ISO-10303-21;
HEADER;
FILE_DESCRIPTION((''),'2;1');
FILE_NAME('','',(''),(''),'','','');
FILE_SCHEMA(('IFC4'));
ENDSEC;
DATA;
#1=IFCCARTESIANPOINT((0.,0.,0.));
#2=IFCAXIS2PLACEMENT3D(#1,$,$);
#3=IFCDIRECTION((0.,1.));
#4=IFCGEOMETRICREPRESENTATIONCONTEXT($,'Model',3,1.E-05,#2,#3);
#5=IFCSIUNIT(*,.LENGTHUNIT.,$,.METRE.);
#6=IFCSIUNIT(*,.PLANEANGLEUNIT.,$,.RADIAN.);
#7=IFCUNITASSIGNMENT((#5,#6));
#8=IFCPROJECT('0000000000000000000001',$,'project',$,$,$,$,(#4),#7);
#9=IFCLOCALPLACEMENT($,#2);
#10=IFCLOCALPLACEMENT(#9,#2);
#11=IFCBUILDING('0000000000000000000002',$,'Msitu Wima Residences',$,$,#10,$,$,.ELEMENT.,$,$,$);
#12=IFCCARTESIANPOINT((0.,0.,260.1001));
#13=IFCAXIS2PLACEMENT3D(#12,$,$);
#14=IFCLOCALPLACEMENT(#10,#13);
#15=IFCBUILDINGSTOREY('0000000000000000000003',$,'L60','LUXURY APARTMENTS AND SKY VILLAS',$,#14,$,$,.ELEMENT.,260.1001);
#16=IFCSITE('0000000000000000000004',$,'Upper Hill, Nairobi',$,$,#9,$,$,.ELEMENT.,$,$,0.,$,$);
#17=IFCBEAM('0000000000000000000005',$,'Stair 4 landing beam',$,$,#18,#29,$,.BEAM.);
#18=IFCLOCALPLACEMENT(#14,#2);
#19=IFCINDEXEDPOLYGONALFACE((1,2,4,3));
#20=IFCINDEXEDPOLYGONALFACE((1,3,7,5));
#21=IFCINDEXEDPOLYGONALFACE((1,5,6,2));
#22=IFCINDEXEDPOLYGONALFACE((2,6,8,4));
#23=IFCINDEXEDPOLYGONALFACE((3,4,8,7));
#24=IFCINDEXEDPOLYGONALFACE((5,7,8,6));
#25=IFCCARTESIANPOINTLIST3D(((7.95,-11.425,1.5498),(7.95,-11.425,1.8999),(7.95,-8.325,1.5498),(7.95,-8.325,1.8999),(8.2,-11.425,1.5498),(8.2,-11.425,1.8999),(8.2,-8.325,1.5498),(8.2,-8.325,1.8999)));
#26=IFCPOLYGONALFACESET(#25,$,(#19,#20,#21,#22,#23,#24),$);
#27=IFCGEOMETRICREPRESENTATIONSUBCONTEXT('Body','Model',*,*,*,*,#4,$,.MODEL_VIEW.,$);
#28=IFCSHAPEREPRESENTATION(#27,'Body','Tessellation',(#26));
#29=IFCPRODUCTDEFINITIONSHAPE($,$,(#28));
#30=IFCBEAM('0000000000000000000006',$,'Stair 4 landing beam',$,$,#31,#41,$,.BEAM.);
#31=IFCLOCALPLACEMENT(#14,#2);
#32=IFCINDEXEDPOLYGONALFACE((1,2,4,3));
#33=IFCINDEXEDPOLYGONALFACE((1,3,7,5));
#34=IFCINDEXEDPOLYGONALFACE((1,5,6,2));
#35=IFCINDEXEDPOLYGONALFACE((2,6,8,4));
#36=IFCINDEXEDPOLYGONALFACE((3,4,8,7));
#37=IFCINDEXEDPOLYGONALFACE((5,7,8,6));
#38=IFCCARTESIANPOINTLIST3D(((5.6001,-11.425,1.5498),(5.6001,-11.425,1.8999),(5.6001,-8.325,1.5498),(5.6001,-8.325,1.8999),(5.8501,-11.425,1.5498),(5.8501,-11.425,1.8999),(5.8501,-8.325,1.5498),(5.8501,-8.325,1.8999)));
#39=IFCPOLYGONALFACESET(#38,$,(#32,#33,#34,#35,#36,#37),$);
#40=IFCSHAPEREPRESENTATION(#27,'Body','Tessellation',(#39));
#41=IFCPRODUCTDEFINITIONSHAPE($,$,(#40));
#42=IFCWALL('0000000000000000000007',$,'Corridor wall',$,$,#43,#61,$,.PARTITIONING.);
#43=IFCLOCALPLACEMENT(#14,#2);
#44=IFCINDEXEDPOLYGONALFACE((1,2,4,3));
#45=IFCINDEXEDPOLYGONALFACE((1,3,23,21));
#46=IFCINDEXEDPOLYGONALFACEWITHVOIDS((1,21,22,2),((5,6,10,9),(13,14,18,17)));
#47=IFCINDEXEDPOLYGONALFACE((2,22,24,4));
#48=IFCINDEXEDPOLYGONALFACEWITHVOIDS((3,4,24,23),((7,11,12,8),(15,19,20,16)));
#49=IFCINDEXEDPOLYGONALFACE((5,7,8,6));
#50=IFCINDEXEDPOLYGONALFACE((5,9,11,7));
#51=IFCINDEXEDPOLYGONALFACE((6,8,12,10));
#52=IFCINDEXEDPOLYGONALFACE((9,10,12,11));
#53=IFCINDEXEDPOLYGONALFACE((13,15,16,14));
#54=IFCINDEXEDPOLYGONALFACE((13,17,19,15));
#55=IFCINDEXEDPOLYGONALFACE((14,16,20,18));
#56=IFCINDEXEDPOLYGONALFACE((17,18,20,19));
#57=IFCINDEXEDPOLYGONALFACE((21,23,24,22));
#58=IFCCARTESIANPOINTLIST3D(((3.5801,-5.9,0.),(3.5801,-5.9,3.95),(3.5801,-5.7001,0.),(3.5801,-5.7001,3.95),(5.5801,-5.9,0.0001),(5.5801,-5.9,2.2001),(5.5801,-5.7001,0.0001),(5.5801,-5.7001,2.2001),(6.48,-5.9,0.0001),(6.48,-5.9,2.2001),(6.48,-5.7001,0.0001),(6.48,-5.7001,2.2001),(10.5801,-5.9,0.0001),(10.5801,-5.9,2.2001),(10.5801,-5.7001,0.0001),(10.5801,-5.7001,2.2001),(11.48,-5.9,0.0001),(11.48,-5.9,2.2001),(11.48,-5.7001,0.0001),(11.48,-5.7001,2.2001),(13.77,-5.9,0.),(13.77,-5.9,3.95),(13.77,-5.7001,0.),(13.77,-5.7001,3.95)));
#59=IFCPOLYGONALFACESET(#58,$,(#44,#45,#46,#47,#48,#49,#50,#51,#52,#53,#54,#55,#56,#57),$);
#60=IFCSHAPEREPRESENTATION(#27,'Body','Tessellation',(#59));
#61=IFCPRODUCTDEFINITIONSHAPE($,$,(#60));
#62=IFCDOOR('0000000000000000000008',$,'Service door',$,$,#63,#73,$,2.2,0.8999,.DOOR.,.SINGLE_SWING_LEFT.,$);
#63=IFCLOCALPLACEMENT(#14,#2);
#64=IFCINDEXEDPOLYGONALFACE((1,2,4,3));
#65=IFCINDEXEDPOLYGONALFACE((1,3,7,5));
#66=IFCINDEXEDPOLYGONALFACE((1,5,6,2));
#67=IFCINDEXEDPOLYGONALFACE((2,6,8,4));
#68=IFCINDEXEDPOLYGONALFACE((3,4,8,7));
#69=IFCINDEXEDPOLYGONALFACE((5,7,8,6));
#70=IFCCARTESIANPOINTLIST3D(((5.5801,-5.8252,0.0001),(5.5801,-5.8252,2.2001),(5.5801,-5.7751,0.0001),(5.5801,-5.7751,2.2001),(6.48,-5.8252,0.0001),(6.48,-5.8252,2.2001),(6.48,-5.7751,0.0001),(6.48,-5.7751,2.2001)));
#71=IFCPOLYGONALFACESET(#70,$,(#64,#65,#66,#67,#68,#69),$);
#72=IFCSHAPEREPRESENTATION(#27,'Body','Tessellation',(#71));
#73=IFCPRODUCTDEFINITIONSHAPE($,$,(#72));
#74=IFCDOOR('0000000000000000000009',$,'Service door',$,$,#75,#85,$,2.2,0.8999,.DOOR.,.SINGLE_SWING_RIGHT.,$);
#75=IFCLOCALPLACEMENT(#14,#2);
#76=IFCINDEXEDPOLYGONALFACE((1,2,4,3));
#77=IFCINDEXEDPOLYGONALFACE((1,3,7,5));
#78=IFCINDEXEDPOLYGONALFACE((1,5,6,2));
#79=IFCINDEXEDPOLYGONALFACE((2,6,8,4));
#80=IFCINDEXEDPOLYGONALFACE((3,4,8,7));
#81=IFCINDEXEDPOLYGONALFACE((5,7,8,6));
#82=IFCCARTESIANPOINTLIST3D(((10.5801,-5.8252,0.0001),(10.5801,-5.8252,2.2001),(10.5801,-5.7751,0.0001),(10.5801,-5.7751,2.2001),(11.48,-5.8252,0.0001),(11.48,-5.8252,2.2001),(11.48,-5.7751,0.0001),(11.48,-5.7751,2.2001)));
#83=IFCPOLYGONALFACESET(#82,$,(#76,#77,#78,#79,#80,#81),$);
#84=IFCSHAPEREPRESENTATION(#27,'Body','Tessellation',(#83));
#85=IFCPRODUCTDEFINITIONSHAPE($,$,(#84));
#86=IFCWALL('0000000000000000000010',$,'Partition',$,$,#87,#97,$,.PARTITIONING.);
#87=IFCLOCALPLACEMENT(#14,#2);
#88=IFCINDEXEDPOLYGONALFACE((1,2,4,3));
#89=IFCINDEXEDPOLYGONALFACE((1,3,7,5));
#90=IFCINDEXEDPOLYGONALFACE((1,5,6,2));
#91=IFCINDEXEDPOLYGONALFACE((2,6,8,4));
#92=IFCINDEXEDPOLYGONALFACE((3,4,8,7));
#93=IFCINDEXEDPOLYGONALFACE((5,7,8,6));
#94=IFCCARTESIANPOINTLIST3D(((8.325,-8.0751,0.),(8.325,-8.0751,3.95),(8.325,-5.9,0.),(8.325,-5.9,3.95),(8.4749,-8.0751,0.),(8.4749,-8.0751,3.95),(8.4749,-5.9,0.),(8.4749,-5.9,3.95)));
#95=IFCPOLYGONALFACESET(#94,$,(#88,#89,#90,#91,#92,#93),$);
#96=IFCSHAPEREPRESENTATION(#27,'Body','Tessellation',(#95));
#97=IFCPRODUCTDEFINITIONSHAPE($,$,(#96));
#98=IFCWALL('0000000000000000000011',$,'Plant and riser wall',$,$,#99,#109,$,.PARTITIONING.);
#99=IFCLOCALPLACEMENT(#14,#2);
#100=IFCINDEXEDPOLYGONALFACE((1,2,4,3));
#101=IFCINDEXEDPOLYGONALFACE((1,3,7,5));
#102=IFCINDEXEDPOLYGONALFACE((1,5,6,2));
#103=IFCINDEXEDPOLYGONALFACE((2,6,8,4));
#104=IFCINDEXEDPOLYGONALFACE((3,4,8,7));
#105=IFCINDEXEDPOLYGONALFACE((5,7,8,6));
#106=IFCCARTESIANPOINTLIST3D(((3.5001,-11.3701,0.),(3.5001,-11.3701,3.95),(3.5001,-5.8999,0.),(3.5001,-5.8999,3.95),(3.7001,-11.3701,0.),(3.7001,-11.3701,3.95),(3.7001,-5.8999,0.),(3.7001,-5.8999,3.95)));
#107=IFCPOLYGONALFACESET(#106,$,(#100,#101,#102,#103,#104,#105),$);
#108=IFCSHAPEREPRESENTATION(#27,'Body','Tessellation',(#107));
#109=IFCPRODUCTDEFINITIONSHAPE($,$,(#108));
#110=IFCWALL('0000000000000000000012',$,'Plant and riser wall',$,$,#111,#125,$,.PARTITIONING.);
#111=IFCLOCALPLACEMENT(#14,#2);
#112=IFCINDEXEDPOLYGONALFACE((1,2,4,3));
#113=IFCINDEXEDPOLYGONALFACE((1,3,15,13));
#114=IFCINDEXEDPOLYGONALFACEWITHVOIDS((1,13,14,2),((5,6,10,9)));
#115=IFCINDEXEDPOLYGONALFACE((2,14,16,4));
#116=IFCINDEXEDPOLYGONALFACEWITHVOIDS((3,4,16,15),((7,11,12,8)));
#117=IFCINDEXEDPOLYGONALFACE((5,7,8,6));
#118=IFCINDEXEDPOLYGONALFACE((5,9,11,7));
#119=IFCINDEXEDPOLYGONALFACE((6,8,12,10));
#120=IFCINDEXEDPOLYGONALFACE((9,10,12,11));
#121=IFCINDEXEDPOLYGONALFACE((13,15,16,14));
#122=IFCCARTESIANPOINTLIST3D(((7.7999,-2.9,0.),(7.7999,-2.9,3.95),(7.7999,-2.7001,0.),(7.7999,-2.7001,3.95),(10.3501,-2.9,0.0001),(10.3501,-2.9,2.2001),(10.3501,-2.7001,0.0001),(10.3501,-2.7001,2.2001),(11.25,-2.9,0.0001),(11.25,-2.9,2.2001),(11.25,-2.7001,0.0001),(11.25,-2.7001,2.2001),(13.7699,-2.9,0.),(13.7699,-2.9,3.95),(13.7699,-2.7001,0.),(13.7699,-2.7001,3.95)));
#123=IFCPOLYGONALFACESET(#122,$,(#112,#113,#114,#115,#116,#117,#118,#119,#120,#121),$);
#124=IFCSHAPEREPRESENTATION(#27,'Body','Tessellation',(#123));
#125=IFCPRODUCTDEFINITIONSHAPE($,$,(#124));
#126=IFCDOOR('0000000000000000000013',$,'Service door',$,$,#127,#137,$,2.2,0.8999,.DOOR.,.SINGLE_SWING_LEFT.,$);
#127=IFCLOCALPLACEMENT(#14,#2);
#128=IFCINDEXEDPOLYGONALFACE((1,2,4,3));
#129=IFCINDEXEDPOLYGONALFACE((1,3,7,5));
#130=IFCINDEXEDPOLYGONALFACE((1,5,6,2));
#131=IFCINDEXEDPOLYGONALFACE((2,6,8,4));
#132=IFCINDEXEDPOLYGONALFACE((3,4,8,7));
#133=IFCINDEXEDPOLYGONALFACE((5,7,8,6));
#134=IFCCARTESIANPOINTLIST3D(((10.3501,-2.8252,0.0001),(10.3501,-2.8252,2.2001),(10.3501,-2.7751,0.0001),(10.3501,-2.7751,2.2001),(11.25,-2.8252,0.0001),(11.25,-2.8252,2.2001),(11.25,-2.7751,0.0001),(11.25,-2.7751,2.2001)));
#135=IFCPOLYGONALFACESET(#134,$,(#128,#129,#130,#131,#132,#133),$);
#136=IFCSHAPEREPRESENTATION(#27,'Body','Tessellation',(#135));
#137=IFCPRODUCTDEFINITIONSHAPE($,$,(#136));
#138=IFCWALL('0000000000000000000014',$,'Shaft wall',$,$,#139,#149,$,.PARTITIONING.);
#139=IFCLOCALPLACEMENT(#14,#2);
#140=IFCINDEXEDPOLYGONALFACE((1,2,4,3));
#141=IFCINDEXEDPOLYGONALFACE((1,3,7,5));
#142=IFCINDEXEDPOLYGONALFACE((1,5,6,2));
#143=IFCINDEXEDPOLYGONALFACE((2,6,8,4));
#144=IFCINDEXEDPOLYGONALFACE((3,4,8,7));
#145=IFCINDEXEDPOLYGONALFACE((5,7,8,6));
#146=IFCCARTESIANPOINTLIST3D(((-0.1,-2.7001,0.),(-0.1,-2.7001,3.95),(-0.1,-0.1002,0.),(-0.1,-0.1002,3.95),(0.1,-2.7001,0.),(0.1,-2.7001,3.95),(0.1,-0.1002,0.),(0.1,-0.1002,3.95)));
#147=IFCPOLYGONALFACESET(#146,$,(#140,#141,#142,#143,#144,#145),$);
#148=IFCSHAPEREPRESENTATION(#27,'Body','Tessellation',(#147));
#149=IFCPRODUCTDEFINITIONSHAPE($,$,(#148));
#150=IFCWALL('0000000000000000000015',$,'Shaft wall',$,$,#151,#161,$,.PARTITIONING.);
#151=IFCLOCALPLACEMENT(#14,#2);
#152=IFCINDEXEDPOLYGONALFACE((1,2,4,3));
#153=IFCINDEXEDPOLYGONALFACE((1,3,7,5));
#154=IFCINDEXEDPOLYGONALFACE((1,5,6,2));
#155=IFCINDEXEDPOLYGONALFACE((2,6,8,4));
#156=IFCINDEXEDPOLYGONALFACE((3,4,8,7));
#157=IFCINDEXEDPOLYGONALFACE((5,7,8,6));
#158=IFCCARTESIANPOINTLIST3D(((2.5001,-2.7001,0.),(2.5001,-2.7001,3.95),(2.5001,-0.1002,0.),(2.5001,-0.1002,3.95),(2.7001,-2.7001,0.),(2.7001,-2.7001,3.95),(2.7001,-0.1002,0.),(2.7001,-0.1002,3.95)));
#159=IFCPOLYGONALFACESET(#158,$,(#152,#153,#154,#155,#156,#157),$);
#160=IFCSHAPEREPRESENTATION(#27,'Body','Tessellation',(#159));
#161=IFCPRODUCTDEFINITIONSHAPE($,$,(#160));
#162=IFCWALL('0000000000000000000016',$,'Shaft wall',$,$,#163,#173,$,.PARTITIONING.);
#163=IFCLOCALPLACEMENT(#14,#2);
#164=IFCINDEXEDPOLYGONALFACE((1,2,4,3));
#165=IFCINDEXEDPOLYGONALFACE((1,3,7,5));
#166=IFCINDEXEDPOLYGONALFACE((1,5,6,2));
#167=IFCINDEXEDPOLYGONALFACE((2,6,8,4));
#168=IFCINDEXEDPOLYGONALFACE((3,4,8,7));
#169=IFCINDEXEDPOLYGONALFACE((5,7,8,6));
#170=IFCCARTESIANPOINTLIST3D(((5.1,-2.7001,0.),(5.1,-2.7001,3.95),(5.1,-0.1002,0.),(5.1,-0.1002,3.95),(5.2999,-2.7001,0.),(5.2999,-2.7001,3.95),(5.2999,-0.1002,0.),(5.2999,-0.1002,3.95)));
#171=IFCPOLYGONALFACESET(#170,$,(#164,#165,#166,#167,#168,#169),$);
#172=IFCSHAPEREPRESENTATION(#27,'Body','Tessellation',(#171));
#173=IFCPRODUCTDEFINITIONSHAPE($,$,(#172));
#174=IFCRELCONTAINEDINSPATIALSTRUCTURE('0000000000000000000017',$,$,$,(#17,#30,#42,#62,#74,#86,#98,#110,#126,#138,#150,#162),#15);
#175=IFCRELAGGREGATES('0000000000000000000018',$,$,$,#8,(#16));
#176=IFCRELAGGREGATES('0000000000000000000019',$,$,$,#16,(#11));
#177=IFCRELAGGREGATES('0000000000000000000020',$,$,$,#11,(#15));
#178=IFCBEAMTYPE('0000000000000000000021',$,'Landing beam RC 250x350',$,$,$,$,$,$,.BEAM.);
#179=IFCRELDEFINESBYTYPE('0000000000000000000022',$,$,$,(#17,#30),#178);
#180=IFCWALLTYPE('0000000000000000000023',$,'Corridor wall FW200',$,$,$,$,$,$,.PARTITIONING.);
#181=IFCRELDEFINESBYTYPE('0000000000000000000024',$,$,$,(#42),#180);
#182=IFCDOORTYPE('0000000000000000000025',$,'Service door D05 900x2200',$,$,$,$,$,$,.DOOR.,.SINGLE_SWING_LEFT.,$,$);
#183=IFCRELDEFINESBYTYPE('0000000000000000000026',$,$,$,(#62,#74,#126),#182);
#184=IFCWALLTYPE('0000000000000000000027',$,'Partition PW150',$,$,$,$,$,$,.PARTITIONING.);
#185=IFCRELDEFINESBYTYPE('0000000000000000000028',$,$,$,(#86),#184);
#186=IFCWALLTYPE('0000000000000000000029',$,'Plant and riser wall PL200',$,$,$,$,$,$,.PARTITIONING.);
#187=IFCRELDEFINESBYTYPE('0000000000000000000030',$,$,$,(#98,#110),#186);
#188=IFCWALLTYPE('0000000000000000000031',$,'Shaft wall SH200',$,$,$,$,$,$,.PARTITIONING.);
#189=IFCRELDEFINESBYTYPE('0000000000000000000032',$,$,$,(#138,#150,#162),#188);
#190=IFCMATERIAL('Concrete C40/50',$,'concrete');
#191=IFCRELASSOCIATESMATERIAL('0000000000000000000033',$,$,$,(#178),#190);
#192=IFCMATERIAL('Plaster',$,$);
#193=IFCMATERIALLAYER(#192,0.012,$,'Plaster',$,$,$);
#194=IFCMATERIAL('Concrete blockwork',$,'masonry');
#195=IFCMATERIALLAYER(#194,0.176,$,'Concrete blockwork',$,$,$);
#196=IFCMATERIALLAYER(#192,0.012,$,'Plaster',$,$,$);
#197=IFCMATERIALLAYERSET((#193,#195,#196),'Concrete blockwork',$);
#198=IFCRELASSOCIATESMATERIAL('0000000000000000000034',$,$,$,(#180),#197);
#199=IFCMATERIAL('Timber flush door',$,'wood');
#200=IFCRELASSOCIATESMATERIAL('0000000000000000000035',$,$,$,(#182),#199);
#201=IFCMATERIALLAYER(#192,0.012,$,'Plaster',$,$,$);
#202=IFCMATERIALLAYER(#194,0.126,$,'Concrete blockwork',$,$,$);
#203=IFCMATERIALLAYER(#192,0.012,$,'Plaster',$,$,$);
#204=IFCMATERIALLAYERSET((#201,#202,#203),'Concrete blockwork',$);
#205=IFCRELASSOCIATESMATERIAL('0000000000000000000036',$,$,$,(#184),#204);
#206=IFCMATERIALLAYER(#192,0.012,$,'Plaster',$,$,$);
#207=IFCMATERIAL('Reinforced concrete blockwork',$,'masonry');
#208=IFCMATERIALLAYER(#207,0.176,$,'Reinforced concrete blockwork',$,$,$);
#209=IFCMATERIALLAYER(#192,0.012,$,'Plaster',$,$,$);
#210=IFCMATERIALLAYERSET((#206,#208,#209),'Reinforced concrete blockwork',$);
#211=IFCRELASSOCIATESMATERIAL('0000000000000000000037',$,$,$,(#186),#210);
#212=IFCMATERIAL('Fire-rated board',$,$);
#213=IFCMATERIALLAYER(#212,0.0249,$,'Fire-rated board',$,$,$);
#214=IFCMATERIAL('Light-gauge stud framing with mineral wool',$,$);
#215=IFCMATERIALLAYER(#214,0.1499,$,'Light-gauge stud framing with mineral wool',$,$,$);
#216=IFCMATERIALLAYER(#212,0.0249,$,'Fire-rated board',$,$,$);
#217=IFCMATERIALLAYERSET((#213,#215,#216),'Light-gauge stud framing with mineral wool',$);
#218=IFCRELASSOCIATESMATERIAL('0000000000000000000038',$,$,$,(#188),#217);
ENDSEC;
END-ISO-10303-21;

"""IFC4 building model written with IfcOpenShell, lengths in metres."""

from ifc_helpers import new_model, si_unit, direction, frame, frame_2d, origin, origin_2d, place, context, subcontext, project, spatial, rectangle, extrude, material, layer, layer_set, material_profile, profile_set, type_object, element, fill, save


model = new_model("IFC4")

# Units and contexts
model_context = context("Model", 3, precision=1e-05, world=origin(), true_north=direction((0.0, 1.0)))
body_context = subcontext(model_context, "Body", "Model", "MODEL_VIEW")
ifc_project = project(units=[si_unit("LENGTHUNIT", "METRE"), si_unit("PLANEANGLEUNIT", "RADIAN")], contexts=[model_context])

# Site, building, storey
site_placement = place(None, origin())
site = spatial("IfcSite", under=ifc_project, at=site_placement, Name="Upper Hill, Nairobi", CompositionType="ELEMENT", RefElevation=0.0)
building_placement = place(site_placement, origin())
building = spatial("IfcBuilding", under=site, at=building_placement, Name="Msitu Wima Residences", CompositionType="ELEMENT")
storey_placement = place(building_placement, frame((0.0, 0.0, 260.1001)))
storey = spatial("IfcBuildingStorey", under=building, at=storey_placement, Name="L60", Description="LUXURY APARTMENTS AND SKY VILLAS", CompositionType="ELEMENT", Elevation=260.1001)

# Beams
ifc_material_1 = material(Name="Concrete C40/50", Category="concrete")
ifc_material_profile = material_profile(ifc_material_1, rectangle(XDim=0.25, YDim=0.3501, at=origin_2d()), Name="RC 250x350")
ifc_profile_set = profile_set([ifc_material_profile], Name="Concrete C40/50")
beam_type = type_object("IfcBeamType", Name="Landing beam RC 250x350", PredefinedType="BEAM", material=ifc_profile_set)
for number, where, z_axis, x_axis, name in (
    (1, (8.075, -11.425, 1.7249), (0.0, 1.0, 0.0), (-1.0, 0.0, 0.0), "Stair 4 landing beam"),
    (2, (5.7251, -11.425, 1.7249), (0.0, 1.0, 0.0), (-1.0, 0.0, 0.0), "Stair 4 landing beam"),
):
    element("IfcBeam", number, at=place(storey_placement, frame(where, z_axis=z_axis, x_axis=x_axis)), inside=storey, type_object=beam_type, Name=name, PredefinedType="BEAM", context=body_context, shape_type="SweptSolid", body=[
        extrude(rectangle(XDim=0.25, YDim=0.3501, at=origin_2d()), origin(), (0.0, 0.0, 1.0), 3.1001),
    ])

# Wall, openings, doors
ifc_material_2 = material(Name="Plaster")
ifc_layer_1 = layer(ifc_material_2, 0.012, Name="Plaster")
ifc_material_3 = material(Name="Concrete blockwork", Category="masonry")
ifc_layer_2 = layer(ifc_material_3, 0.176, Name="Concrete blockwork")
ifc_layer_3 = layer(ifc_material_2, 0.012, Name="Plaster")
ifc_layer_set_1 = layer_set([ifc_layer_1, ifc_layer_2, ifc_layer_3], Name="Concrete blockwork")
wall_type_1 = type_object("IfcWallType", Name="Corridor wall FW200", PredefinedType="PARTITIONING", material=ifc_layer_set_1)
wall_1_placement = place(storey_placement, frame((3.5801, -5.8, 0.0), z_axis=(0.0, 0.0, 1.0), x_axis=(1.0, 0.0, 0.0)))
wall_1 = element("IfcWall", 3, at=wall_1_placement, inside=storey, type_object=wall_type_1, Name="Corridor wall", PredefinedType="PARTITIONING", context=body_context, shape_type="SweptSolid", body=[
    extrude(rectangle(XDim=10.1899, YDim=0.2, at=frame_2d((5.095, 0.0))), origin(), (0.0, 0.0, 1.0), 3.95),
])
opening_1_placement = place(wall_1_placement, frame((2.0, 0.0, 0.0)))
opening_1 = element("IfcOpeningElement", 4, at=opening_1_placement, cuts=wall_1, PredefinedType="OPENING", context=body_context, shape_type="SweptSolid", body=[
    extrude(rectangle(XDim=0.8999, YDim=2.2, at=frame_2d((0.45, 1.1001))), frame((0.0, 0.1099, 0.0), z_axis=(0.0, -1.0, 0.0), x_axis=(1.0, 0.0, 0.0)), (0.0, 0.0, 1.0), 0.22),
])
opening_2_placement = place(wall_1_placement, frame((7.0, 0.0, 0.0)))
opening_2 = element("IfcOpeningElement", 5, at=opening_2_placement, cuts=wall_1, PredefinedType="OPENING", context=body_context, shape_type="SweptSolid", body=[
    extrude(rectangle(XDim=0.8999, YDim=2.2, at=frame_2d((0.45, 1.1001))), frame((0.0, 0.1099, 0.0), z_axis=(0.0, -1.0, 0.0), x_axis=(1.0, 0.0, 0.0)), (0.0, 0.0, 1.0), 0.22),
])
ifc_material_4 = material(Name="Timber flush door", Category="wood")
door_type_1 = type_object("IfcDoorType", Name="Service door D05 900x2200", OperationType="SINGLE_SWING_LEFT", PredefinedType="DOOR", material=ifc_material_4)
door_1_placement = place(opening_1_placement, origin())
door_1 = element("IfcDoor", 6, at=door_1_placement, inside=storey, type_object=door_type_1, Name="Service door", OperationType="SINGLE_SWING_LEFT", OverallHeight=2.2, OverallWidth=0.8999, PredefinedType="DOOR", context=body_context, shape_type="SweptSolid", body=[
    extrude(rectangle(XDim=0.8999, YDim=2.2, at=frame_2d((0.45, 1.1001))), frame((0.0, 0.0249, 0.0), z_axis=(0.0, -1.0, 0.0), x_axis=(1.0, 0.0, 0.0)), (0.0, 0.0, 1.0), 0.05),
])
fill(opening_1, door_1)
door_2_placement = place(opening_2_placement, origin())
door_2 = element("IfcDoor", 7, at=door_2_placement, inside=storey, type_object=door_type_1, Name="Service door", OperationType="SINGLE_SWING_RIGHT", OverallHeight=2.2, OverallWidth=0.8999, PredefinedType="DOOR", context=body_context, shape_type="SweptSolid", body=[
    extrude(rectangle(XDim=0.8999, YDim=2.2, at=frame_2d((0.45, 1.1001))), frame((0.0, 0.0249, 0.0), z_axis=(0.0, -1.0, 0.0), x_axis=(1.0, 0.0, 0.0)), (0.0, 0.0, 1.0), 0.05),
])
fill(opening_2, door_2)

# Walls
ifc_layer_4 = layer(ifc_material_2, 0.012, Name="Plaster")
ifc_layer_5 = layer(ifc_material_3, 0.126, Name="Concrete blockwork")
ifc_layer_6 = layer(ifc_material_2, 0.012, Name="Plaster")
ifc_layer_set_2 = layer_set([ifc_layer_4, ifc_layer_5, ifc_layer_6], Name="Concrete blockwork")
wall_type_2 = type_object("IfcWallType", Name="Partition PW150", PredefinedType="PARTITIONING", material=ifc_layer_set_2)
wall_2_placement = place(storey_placement, frame((8.3999, -8.075, 0.0), z_axis=(0.0, 0.0, 1.0), x_axis=(0.0, 1.0, 0.0)))
element("IfcWall", 8, at=wall_2_placement, inside=storey, type_object=wall_type_2, Name="Partition", PredefinedType="PARTITIONING", context=body_context, shape_type="SweptSolid", body=[
    extrude(rectangle(XDim=2.175, YDim=0.1499, at=frame_2d((1.0874, 0.0))), origin(), (0.0, 0.0, 1.0), 3.95),
])
ifc_layer_7 = layer(ifc_material_2, 0.012, Name="Plaster")
ifc_material_5 = material(Name="Reinforced concrete blockwork", Category="masonry")
ifc_layer_8 = layer(ifc_material_5, 0.176, Name="Reinforced concrete blockwork")
ifc_layer_9 = layer(ifc_material_2, 0.012, Name="Plaster")
ifc_layer_set_3 = layer_set([ifc_layer_7, ifc_layer_8, ifc_layer_9], Name="Reinforced concrete blockwork")
wall_type_3 = type_object("IfcWallType", Name="Plant and riser wall PL200", PredefinedType="PARTITIONING", material=ifc_layer_set_3)
wall_3_placement = place(storey_placement, frame((3.6001, -11.3701, 0.0), z_axis=(0.0, 0.0, 1.0), x_axis=(0.0, 1.0, 0.0)))
element("IfcWall", 9, at=wall_3_placement, inside=storey, type_object=wall_type_3, Name="Plant and riser wall", PredefinedType="PARTITIONING", context=body_context, shape_type="SweptSolid", body=[
    extrude(rectangle(XDim=5.4702, YDim=0.2, at=frame_2d((2.7351, 0.0))), origin(), (0.0, 0.0, 1.0), 3.95),
])

# Wall, opening, door
wall_4_placement = place(storey_placement, frame((7.8, -2.8, 0.0), z_axis=(0.0, 0.0, 1.0), x_axis=(1.0, 0.0, 0.0)))
wall_4 = element("IfcWall", 10, at=wall_4_placement, inside=storey, type_object=wall_type_3, Name="Plant and riser wall", PredefinedType="PARTITIONING", context=body_context, shape_type="SweptSolid", body=[
    extrude(rectangle(XDim=5.97, YDim=0.2, at=frame_2d((2.9849, 0.0))), origin(), (0.0, 0.0, 1.0), 3.95),
])
opening_3_placement = place(wall_4_placement, frame((2.55, 0.0, 0.0)))
opening_3 = element("IfcOpeningElement", 11, at=opening_3_placement, cuts=wall_4, PredefinedType="OPENING", context=body_context, shape_type="SweptSolid", body=[
    extrude(rectangle(XDim=0.8999, YDim=2.2, at=frame_2d((0.45, 1.1001))), frame((0.0, 0.1099, 0.0), z_axis=(0.0, -1.0, 0.0), x_axis=(1.0, 0.0, 0.0)), (0.0, 0.0, 1.0), 0.22),
])
door_3_placement = place(opening_3_placement, origin())
door_3 = element("IfcDoor", 12, at=door_3_placement, inside=storey, type_object=door_type_1, Name="Service door", OperationType="SINGLE_SWING_LEFT", OverallHeight=2.2, OverallWidth=0.8999, PredefinedType="DOOR", context=body_context, shape_type="SweptSolid", body=[
    extrude(rectangle(XDim=0.8999, YDim=2.2, at=frame_2d((0.45, 1.1001))), frame((0.0, 0.0249, 0.0), z_axis=(0.0, -1.0, 0.0), x_axis=(1.0, 0.0, 0.0)), (0.0, 0.0, 1.0), 0.05),
])
fill(opening_3, door_3)

# Walls
ifc_material_6 = material(Name="Fire-rated board")
ifc_layer_10 = layer(ifc_material_6, 0.0249, Name="Fire-rated board")
ifc_material_7 = material(Name="Light-gauge stud framing with mineral wool")
ifc_layer_11 = layer(ifc_material_7, 0.1499, Name="Light-gauge stud framing with mineral wool")
ifc_layer_12 = layer(ifc_material_6, 0.0249, Name="Fire-rated board")
ifc_layer_set_4 = layer_set([ifc_layer_10, ifc_layer_11, ifc_layer_12], Name="Light-gauge stud framing with mineral wool")
wall_type_4 = type_object("IfcWallType", Name="Shaft wall SH200", PredefinedType="PARTITIONING", material=ifc_layer_set_4)
for number, where, z_axis, x_axis, name in (
    (13, (0.0, -2.7, 0.0), (0.0, 0.0, 1.0), (0.0, 1.0, 0.0), "Shaft wall"),
    (14, (2.6001, -2.7, 0.0), (0.0, 0.0, 1.0), (0.0, 1.0, 0.0), "Shaft wall"),
    (15, (5.2, -2.7, 0.0), (0.0, 0.0, 1.0), (0.0, 1.0, 0.0), "Shaft wall"),
):
    element("IfcWall", number, at=place(storey_placement, frame(where, z_axis=z_axis, x_axis=x_axis)), inside=storey, type_object=wall_type_4, Name=name, PredefinedType="PARTITIONING", context=body_context, shape_type="SweptSolid", body=[
        extrude(rectangle(XDim=2.5999, YDim=0.2, at=frame_2d((1.2998, 0.0))), origin(), (0.0, 0.0, 1.0), 3.95),
    ])

save(model, "model.ifc")
